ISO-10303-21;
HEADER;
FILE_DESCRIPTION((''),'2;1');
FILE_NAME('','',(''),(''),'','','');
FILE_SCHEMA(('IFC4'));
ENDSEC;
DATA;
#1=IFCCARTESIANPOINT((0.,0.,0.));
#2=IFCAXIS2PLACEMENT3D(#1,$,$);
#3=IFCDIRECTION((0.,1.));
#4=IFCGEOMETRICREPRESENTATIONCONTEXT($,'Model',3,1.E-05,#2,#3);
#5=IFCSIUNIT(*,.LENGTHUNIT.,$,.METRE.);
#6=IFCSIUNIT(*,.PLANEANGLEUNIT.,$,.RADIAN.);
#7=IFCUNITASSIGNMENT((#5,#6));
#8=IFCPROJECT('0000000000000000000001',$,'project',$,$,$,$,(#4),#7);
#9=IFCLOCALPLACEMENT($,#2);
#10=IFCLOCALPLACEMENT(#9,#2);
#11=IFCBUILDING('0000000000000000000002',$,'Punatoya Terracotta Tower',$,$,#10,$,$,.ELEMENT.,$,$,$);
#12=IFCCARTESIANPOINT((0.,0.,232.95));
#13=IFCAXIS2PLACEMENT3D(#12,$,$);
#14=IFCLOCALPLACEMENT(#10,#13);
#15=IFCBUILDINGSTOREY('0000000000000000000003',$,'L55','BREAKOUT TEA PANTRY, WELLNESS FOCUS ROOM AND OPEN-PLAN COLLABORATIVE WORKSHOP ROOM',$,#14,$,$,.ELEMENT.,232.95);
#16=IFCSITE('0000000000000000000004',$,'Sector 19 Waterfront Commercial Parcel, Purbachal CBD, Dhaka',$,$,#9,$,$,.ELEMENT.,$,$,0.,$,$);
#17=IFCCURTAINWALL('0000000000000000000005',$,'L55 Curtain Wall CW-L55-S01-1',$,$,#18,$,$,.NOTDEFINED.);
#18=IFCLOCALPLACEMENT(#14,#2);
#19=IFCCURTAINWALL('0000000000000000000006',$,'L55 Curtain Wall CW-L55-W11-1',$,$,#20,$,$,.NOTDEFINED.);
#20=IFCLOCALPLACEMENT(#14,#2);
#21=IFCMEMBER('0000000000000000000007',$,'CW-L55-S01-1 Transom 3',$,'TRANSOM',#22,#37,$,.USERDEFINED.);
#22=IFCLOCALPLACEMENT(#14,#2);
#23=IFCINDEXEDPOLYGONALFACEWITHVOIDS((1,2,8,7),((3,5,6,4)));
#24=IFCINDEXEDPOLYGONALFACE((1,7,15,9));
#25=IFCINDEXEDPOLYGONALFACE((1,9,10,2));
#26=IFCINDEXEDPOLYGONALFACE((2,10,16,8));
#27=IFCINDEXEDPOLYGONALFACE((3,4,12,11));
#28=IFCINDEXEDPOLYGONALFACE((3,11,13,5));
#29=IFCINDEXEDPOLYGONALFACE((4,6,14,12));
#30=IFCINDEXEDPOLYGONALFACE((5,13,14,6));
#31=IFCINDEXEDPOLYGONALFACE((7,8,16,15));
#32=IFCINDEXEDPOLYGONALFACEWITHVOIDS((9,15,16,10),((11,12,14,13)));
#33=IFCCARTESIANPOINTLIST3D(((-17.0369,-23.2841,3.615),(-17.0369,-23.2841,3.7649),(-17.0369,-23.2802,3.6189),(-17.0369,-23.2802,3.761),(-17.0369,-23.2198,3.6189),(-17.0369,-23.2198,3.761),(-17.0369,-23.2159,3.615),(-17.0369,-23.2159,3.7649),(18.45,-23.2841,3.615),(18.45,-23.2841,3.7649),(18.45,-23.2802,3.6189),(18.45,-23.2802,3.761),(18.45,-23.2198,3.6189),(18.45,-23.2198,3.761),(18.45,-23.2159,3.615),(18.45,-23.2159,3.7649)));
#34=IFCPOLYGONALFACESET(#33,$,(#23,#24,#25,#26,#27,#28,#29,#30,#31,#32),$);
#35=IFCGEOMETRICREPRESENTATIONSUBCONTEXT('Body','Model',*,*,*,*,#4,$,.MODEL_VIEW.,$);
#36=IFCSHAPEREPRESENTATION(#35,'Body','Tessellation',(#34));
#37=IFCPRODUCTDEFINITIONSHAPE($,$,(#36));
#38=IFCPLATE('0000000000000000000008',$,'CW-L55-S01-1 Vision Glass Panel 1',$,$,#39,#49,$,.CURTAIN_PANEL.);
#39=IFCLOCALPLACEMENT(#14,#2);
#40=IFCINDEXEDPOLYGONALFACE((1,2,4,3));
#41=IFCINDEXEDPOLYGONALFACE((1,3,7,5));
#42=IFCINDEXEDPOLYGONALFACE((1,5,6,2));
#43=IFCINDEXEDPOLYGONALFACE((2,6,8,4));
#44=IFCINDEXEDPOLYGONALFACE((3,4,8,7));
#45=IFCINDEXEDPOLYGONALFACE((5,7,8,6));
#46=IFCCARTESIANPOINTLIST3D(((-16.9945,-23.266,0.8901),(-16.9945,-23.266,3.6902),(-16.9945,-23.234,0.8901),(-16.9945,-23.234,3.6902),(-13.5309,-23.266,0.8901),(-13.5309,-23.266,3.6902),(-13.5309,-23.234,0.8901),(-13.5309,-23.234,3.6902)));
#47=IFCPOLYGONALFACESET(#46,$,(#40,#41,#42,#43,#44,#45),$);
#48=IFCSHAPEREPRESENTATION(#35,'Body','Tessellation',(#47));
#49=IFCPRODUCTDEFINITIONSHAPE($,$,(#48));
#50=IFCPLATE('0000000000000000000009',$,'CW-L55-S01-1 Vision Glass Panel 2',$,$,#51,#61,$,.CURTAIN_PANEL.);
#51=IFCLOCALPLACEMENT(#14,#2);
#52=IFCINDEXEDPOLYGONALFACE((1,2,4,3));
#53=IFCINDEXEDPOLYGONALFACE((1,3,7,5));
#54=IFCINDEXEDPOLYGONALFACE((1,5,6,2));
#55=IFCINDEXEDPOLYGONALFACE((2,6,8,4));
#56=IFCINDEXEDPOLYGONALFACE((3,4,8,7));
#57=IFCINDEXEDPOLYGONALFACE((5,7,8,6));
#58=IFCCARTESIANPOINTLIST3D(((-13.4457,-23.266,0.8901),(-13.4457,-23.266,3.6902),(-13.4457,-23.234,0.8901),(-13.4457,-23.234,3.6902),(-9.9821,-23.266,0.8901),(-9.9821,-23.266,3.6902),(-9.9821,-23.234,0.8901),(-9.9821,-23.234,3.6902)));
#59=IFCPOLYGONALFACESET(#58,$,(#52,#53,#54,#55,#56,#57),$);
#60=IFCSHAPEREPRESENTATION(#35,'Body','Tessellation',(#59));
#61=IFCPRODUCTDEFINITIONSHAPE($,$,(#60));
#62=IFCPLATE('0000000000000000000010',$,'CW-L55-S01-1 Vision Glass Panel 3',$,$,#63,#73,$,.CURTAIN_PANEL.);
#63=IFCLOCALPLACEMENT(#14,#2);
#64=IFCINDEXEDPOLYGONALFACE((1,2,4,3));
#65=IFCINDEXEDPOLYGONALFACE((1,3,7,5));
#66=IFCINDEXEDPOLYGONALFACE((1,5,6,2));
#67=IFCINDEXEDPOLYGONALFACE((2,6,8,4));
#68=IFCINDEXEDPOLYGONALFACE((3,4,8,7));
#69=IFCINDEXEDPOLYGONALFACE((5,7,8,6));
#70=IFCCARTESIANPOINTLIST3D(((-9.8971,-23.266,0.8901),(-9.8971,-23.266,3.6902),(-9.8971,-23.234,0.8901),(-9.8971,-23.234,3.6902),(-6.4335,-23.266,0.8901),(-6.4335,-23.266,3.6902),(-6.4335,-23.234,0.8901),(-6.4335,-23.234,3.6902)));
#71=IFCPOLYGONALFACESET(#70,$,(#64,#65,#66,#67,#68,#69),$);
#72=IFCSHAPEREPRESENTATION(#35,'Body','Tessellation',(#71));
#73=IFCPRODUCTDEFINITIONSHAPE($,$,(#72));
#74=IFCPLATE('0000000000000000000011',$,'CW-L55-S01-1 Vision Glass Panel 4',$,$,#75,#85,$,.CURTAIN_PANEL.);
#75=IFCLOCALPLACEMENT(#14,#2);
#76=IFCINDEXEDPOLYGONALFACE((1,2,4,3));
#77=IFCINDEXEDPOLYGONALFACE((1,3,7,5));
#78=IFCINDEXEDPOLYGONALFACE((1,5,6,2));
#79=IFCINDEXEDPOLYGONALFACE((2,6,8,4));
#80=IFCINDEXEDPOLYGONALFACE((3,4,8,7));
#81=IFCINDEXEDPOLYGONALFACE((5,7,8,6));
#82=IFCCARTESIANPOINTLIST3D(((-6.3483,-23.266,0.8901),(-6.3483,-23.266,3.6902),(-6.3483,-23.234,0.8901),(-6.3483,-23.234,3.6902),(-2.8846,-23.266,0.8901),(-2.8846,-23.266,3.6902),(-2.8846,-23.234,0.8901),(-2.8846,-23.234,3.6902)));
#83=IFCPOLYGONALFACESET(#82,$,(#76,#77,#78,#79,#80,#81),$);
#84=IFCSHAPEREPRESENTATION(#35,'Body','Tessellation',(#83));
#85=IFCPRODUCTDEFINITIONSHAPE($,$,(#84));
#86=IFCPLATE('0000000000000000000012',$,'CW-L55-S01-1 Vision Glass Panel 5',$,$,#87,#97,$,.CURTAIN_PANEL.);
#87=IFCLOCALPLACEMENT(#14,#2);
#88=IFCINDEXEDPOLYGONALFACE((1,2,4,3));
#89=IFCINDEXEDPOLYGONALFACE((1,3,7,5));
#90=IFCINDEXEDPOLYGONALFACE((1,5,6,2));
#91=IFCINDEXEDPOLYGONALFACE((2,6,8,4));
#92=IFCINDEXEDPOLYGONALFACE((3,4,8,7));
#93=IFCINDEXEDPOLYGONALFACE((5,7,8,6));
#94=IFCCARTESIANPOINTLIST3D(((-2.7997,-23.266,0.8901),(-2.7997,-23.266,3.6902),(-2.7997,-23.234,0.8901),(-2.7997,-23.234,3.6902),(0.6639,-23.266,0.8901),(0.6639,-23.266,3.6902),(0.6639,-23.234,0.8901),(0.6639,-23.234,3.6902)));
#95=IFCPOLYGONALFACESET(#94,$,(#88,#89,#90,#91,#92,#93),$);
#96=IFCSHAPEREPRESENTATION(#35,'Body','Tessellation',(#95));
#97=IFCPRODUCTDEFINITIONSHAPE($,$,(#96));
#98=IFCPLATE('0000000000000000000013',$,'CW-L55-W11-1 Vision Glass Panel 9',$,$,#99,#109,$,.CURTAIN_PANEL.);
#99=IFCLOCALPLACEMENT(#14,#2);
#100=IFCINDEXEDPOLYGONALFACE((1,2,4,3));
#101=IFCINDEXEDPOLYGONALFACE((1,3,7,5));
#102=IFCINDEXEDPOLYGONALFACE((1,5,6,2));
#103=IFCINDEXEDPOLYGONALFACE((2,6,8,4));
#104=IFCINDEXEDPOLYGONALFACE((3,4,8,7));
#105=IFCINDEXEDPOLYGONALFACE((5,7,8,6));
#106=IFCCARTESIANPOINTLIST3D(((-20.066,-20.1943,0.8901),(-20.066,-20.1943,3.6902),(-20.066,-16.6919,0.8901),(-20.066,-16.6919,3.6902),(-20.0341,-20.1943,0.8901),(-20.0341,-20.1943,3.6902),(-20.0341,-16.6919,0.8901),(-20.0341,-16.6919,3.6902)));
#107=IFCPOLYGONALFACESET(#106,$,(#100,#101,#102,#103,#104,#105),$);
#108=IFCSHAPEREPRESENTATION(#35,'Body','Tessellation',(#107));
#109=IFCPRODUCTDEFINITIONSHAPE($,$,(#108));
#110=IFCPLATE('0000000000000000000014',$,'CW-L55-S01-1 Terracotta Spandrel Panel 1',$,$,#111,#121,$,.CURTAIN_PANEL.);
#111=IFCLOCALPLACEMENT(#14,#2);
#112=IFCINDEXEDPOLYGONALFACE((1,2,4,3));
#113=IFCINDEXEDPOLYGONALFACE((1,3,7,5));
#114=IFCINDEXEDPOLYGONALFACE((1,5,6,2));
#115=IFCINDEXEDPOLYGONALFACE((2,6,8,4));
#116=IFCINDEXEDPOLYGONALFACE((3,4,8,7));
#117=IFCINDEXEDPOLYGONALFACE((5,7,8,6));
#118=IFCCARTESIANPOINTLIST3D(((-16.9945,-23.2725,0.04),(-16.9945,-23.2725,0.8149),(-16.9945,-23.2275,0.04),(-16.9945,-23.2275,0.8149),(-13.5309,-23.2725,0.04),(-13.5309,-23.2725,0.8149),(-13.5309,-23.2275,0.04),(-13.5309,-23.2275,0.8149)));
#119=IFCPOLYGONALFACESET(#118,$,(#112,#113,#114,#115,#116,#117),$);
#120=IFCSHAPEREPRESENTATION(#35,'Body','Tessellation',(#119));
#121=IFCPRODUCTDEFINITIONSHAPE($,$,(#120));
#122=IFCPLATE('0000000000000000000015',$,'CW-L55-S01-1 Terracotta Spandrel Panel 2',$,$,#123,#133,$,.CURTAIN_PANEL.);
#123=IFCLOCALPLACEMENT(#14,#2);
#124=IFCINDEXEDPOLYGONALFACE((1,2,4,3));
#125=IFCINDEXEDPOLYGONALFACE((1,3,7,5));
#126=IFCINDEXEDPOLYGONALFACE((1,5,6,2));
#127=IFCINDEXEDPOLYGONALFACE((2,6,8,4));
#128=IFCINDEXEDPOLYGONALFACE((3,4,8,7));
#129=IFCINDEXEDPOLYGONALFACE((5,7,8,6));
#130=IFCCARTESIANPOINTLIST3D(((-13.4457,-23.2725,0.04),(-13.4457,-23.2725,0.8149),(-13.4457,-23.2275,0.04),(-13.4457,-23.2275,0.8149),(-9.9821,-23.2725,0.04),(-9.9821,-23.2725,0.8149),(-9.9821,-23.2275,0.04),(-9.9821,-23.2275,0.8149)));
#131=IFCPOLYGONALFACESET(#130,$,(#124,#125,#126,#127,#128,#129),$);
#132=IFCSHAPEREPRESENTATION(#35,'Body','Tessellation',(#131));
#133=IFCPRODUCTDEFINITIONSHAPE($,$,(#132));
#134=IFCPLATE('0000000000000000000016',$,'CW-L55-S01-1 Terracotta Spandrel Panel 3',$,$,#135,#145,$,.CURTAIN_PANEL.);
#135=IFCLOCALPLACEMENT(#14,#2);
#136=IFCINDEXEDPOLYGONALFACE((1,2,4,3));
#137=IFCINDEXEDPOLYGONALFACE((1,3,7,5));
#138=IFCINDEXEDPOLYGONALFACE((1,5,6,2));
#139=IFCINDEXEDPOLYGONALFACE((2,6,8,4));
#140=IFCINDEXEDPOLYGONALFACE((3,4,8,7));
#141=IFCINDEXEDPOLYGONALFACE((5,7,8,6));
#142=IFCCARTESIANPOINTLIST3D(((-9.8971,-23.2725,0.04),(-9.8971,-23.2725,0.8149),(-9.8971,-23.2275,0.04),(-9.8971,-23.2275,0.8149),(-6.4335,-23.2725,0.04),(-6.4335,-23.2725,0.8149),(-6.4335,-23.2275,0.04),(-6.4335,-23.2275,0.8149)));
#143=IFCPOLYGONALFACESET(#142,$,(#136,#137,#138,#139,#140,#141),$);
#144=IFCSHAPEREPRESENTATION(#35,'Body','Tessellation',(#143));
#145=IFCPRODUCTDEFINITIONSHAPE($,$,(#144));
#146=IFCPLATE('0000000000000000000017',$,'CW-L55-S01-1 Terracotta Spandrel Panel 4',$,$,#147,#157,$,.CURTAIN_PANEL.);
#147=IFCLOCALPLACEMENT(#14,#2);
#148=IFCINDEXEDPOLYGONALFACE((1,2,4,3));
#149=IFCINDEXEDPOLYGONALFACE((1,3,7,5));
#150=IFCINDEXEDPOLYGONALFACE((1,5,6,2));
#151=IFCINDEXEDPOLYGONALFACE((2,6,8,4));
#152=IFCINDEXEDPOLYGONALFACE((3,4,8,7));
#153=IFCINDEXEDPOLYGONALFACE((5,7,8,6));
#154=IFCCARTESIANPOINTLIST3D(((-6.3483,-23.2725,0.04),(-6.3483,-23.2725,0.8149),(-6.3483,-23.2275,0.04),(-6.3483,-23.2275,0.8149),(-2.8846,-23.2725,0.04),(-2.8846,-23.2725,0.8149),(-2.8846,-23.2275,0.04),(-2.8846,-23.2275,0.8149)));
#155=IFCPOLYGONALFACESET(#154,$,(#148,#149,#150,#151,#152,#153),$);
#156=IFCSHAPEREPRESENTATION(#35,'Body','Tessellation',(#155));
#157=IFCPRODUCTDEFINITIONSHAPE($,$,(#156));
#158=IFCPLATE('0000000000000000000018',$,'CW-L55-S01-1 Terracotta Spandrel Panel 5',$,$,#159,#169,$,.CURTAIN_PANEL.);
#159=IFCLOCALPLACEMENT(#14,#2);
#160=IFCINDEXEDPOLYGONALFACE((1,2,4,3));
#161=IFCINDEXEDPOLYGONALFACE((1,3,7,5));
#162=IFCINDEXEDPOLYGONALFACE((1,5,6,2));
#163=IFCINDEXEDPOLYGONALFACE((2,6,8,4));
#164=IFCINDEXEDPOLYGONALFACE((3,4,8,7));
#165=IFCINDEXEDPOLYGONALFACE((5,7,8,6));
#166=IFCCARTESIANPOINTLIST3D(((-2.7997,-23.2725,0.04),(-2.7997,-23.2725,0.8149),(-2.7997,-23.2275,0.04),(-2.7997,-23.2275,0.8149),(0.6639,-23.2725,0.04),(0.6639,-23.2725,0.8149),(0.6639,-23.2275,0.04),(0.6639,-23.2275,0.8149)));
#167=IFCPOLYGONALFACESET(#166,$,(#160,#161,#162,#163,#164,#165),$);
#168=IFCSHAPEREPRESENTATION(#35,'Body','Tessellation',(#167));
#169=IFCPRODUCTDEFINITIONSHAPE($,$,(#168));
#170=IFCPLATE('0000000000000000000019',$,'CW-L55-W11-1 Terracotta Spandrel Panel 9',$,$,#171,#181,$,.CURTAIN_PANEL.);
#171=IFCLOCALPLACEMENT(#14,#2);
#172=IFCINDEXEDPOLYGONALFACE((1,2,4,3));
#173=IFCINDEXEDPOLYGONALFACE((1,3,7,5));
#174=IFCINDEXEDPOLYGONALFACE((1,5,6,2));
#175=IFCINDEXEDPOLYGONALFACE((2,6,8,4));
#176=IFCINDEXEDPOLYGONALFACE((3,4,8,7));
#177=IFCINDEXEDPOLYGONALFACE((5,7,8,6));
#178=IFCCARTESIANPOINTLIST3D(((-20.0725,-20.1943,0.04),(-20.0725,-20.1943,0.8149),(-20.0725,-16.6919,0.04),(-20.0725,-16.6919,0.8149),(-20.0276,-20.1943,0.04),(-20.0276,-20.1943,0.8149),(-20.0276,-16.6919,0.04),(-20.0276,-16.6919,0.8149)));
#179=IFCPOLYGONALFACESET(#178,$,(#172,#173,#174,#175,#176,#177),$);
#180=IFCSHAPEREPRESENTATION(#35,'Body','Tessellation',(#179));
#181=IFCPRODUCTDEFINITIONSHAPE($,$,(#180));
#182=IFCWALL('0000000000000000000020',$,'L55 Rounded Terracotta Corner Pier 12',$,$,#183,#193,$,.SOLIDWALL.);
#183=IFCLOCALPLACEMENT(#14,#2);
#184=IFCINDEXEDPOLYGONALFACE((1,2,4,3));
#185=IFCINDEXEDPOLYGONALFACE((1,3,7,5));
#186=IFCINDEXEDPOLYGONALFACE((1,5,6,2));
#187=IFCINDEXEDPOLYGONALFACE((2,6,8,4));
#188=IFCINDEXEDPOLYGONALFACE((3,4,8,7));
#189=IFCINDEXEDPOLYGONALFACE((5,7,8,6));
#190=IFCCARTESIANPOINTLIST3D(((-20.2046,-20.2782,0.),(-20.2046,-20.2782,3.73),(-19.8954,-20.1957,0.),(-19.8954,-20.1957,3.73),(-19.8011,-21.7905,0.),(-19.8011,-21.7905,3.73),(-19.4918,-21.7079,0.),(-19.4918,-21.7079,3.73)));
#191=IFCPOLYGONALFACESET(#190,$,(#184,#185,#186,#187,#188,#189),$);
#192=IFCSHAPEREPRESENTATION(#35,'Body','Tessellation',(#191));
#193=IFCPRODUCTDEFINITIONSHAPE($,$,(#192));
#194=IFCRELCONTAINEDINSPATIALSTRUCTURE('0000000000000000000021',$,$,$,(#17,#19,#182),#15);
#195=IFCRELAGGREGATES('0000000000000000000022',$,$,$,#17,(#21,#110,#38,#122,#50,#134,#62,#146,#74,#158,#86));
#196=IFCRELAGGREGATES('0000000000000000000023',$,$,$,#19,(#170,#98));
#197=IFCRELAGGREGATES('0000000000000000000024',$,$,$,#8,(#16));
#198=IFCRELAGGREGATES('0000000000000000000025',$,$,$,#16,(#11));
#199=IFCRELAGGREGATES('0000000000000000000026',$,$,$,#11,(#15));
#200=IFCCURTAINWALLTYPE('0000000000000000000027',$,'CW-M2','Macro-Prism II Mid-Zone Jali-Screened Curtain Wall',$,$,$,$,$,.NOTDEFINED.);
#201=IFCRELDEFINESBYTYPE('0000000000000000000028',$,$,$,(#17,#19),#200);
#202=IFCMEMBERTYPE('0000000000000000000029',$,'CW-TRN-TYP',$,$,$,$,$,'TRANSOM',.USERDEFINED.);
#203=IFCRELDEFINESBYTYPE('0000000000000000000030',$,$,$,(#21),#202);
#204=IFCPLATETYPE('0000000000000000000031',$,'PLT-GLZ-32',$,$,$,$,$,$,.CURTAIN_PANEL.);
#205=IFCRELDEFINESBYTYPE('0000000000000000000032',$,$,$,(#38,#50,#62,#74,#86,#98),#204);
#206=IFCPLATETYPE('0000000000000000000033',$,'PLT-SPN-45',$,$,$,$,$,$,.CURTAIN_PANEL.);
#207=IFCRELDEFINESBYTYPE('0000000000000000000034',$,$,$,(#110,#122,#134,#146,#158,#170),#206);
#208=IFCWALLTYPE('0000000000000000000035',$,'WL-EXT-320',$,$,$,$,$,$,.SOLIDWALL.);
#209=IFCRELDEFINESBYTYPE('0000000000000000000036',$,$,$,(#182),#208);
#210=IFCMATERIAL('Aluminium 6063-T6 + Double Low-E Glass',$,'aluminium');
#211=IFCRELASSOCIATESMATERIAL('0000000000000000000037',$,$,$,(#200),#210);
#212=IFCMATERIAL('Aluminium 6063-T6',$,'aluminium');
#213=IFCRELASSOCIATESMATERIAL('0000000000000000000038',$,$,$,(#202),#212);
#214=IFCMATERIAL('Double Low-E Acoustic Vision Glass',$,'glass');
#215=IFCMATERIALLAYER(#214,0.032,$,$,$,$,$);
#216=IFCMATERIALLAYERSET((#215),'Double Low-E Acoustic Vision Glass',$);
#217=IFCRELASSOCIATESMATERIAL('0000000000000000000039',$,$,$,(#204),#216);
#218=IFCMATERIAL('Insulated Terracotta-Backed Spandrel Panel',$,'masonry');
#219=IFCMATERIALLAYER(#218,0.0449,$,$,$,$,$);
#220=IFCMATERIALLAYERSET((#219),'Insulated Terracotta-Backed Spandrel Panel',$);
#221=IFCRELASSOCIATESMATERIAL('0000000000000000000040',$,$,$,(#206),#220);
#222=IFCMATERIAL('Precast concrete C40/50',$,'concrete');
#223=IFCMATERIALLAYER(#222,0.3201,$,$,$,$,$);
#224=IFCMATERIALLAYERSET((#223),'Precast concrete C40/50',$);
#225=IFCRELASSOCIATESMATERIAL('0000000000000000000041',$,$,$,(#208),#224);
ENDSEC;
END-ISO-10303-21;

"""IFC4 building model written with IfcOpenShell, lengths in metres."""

from ifc_helpers import new_model, si_unit, direction, frame, frame_2d, origin, origin_2d, place, context, subcontext, project, spatial, rectangle, hollow_rectangle, extrude, material, layer, layer_set, material_profile, profile_set, type_object, element, aggregate, save


model = new_model("IFC4")

# Units and contexts
model_context = context("Model", 3, precision=1e-05, world=origin(), true_north=direction((0.0, 1.0)))
body_context = subcontext(model_context, "Body", "Model", "MODEL_VIEW")
ifc_project = project(units=[si_unit("LENGTHUNIT", "METRE"), si_unit("PLANEANGLEUNIT", "RADIAN")], contexts=[model_context])

# Site, building, storey
site_placement = place(None, origin())
site = spatial("IfcSite", under=ifc_project, at=site_placement, Name="Sector 19 Waterfront Commercial Parcel, Purbachal CBD, Dhaka", CompositionType="ELEMENT", RefElevation=0.0)
building_placement = place(site_placement, origin())
building = spatial("IfcBuilding", under=site, at=building_placement, Name="Punatoya Terracotta Tower", CompositionType="ELEMENT")
storey_placement = place(building_placement, frame((0.0, 0.0, 232.95)))
storey = spatial("IfcBuildingStorey", under=building, at=storey_placement, Name="L55", Description="BREAKOUT TEA PANTRY, WELLNESS FOCUS ROOM AND OPEN-PLAN COLLABORATIVE WORKSHOP ROOM", CompositionType="ELEMENT", Elevation=232.95)

# Curtain wall
ifc_material_1 = material(Name="Aluminium 6063-T6 + Double Low-E Glass", Category="aluminium")
curtain_wall_type = type_object("IfcCurtainWallType", Name="CW-M2", Description="Macro-Prism II Mid-Zone Jali-Screened Curtain Wall", PredefinedType="NOTDEFINED", material=ifc_material_1)
curtain_wall_1_placement = place(storey_placement, origin())
curtain_wall_1 = element("IfcCurtainWall", 1, at=curtain_wall_1_placement, inside=storey, type_object=curtain_wall_type, Name="L55 Curtain Wall CW-L55-S01-1", PredefinedType="NOTDEFINED")
ifc_material_2 = material(Name="Aluminium 6063-T6", Category="aluminium")

# Curtain wall
curtain_wall_2_placement = place(storey_placement, origin())
curtain_wall_2 = element("IfcCurtainWall", 2, at=curtain_wall_2_placement, inside=storey, type_object=curtain_wall_type, Name="L55 Curtain Wall CW-L55-W11-1", PredefinedType="NOTDEFINED")

# Member
ifc_material_profile_1 = material_profile(ifc_material_2, hollow_rectangle(XDim=0.0681, YDim=0.1499, WallThickness=0.0039, at=origin_2d()))
ifc_profile_set_1 = profile_set([ifc_material_profile_1], Name="Aluminium 6063-T6")
member_type_1 = type_object("IfcMemberType", Name="CW-TRN-TYP", ElementType="TRANSOM", PredefinedType="USERDEFINED", material=ifc_profile_set_1)
member_1_placement = place(storey_placement, frame((-17.0369, -23.25, 3.6899), z_axis=(1.0, 0.0, 0.0), x_axis=(0.0, 1.0, 0.0)))
member_1 = element("IfcMember", 3, at=member_1_placement, type_object=member_type_1, Name="CW-L55-S01-1 Transom 3", ObjectType="TRANSOM", PredefinedType="USERDEFINED", context=body_context, shape_type="SweptSolid", body=[
    extrude(hollow_rectangle(XDim=0.0681, YDim=0.1499, WallThickness=0.0039, at=origin_2d()), origin(), (0.0, 0.0, 1.0), 35.4868),
])

# Plates
ifc_material_3 = material(Name="Double Low-E Acoustic Vision Glass", Category="glass")
ifc_layer_1 = layer(ifc_material_3, 0.032)
ifc_layer_set_1 = layer_set([ifc_layer_1], Name="Double Low-E Acoustic Vision Glass")
plate_type_1 = type_object("IfcPlateType", Name="PLT-GLZ-32", PredefinedType="CURTAIN_PANEL", material=ifc_layer_set_1)
plate_1_placement = place(storey_placement, frame((-15.2627, -23.25, 0.8901), z_axis=(0.0, 0.0, 1.0), x_axis=(1.0, 0.0, 0.0)))
plate_1 = element("IfcPlate", 4, at=plate_1_placement, type_object=plate_type_1, Name="CW-L55-S01-1 Vision Glass Panel 1", PredefinedType="CURTAIN_PANEL", context=body_context, shape_type="SweptSolid", body=[
    extrude(rectangle(XDim=3.4636, YDim=0.032, at=origin_2d()), origin(), (0.0, 0.0, 1.0), 2.8),
])
plate_2_placement = place(storey_placement, frame((-11.7139, -23.25, 0.8901), z_axis=(0.0, 0.0, 1.0), x_axis=(1.0, 0.0, 0.0)))
plate_2 = element("IfcPlate", 5, at=plate_2_placement, type_object=plate_type_1, Name="CW-L55-S01-1 Vision Glass Panel 2", PredefinedType="CURTAIN_PANEL", context=body_context, shape_type="SweptSolid", body=[
    extrude(rectangle(XDim=3.4636, YDim=0.032, at=origin_2d()), origin(), (0.0, 0.0, 1.0), 2.8),
])
plate_3_placement = place(storey_placement, frame((-8.1653, -23.25, 0.8901), z_axis=(0.0, 0.0, 1.0), x_axis=(1.0, 0.0, 0.0)))
plate_3 = element("IfcPlate", 6, at=plate_3_placement, type_object=plate_type_1, Name="CW-L55-S01-1 Vision Glass Panel 3", PredefinedType="CURTAIN_PANEL", context=body_context, shape_type="SweptSolid", body=[
    extrude(rectangle(XDim=3.4636, YDim=0.032, at=origin_2d()), origin(), (0.0, 0.0, 1.0), 2.8),
])
plate_4_placement = place(storey_placement, frame((-4.6165, -23.25, 0.8901), z_axis=(0.0, 0.0, 1.0), x_axis=(1.0, 0.0, 0.0)))
plate_4 = element("IfcPlate", 7, at=plate_4_placement, type_object=plate_type_1, Name="CW-L55-S01-1 Vision Glass Panel 4", PredefinedType="CURTAIN_PANEL", context=body_context, shape_type="SweptSolid", body=[
    extrude(rectangle(XDim=3.4636, YDim=0.032, at=origin_2d()), origin(), (0.0, 0.0, 1.0), 2.8),
])
plate_5_placement = place(storey_placement, frame((-1.0679, -23.25, 0.8901), z_axis=(0.0, 0.0, 1.0), x_axis=(1.0, 0.0, 0.0)))
plate_5 = element("IfcPlate", 8, at=plate_5_placement, type_object=plate_type_1, Name="CW-L55-S01-1 Vision Glass Panel 5", PredefinedType="CURTAIN_PANEL", context=body_context, shape_type="SweptSolid", body=[
    extrude(rectangle(XDim=3.4636, YDim=0.032, at=origin_2d()), origin(), (0.0, 0.0, 1.0), 2.8),
])
plate_6_placement = place(storey_placement, frame((-20.05, -18.4431, 0.8901), z_axis=(0.0, 0.0, 1.0), x_axis=(0.0, -1.0, 0.0)))
plate_6 = element("IfcPlate", 9, at=plate_6_placement, type_object=plate_type_1, Name="CW-L55-W11-1 Vision Glass Panel 9", PredefinedType="CURTAIN_PANEL", context=body_context, shape_type="SweptSolid", body=[
    extrude(rectangle(XDim=3.5024, YDim=0.032, at=origin_2d()), origin(), (0.0, 0.0, 1.0), 2.8),
])
ifc_material_4 = material(Name="Insulated Terracotta-Backed Spandrel Panel", Category="masonry")
ifc_layer_2 = layer(ifc_material_4, 0.0449)
ifc_layer_set_2 = layer_set([ifc_layer_2], Name="Insulated Terracotta-Backed Spandrel Panel")
plate_type_2 = type_object("IfcPlateType", Name="PLT-SPN-45", PredefinedType="CURTAIN_PANEL", material=ifc_layer_set_2)
plate_7_placement = place(storey_placement, frame((-15.2627, -23.25, 0.04), z_axis=(0.0, 0.0, 1.0), x_axis=(1.0, 0.0, 0.0)))
plate_7 = element("IfcPlate", 10, at=plate_7_placement, type_object=plate_type_2, Name="CW-L55-S01-1 Terracotta Spandrel Panel 1", PredefinedType="CURTAIN_PANEL", context=body_context, shape_type="SweptSolid", body=[
    extrude(rectangle(XDim=3.4636, YDim=0.0449, at=origin_2d()), origin(), (0.0, 0.0, 1.0), 0.7749),
])
plate_8_placement = place(storey_placement, frame((-11.7139, -23.25, 0.04), z_axis=(0.0, 0.0, 1.0), x_axis=(1.0, 0.0, 0.0)))
plate_8 = element("IfcPlate", 11, at=plate_8_placement, type_object=plate_type_2, Name="CW-L55-S01-1 Terracotta Spandrel Panel 2", PredefinedType="CURTAIN_PANEL", context=body_context, shape_type="SweptSolid", body=[
    extrude(rectangle(XDim=3.4636, YDim=0.0449, at=origin_2d()), origin(), (0.0, 0.0, 1.0), 0.7749),
])
plate_9_placement = place(storey_placement, frame((-8.1653, -23.25, 0.04), z_axis=(0.0, 0.0, 1.0), x_axis=(1.0, 0.0, 0.0)))
plate_9 = element("IfcPlate", 12, at=plate_9_placement, type_object=plate_type_2, Name="CW-L55-S01-1 Terracotta Spandrel Panel 3", PredefinedType="CURTAIN_PANEL", context=body_context, shape_type="SweptSolid", body=[
    extrude(rectangle(XDim=3.4636, YDim=0.0449, at=origin_2d()), origin(), (0.0, 0.0, 1.0), 0.7749),
])
plate_10_placement = place(storey_placement, frame((-4.6165, -23.25, 0.04), z_axis=(0.0, 0.0, 1.0), x_axis=(1.0, 0.0, 0.0)))
plate_10 = element("IfcPlate", 13, at=plate_10_placement, type_object=plate_type_2, Name="CW-L55-S01-1 Terracotta Spandrel Panel 4", PredefinedType="CURTAIN_PANEL", context=body_context, shape_type="SweptSolid", body=[
    extrude(rectangle(XDim=3.4636, YDim=0.0449, at=origin_2d()), origin(), (0.0, 0.0, 1.0), 0.7749),
])
plate_11_placement = place(storey_placement, frame((-1.0679, -23.25, 0.04), z_axis=(0.0, 0.0, 1.0), x_axis=(1.0, 0.0, 0.0)))
plate_11 = element("IfcPlate", 14, at=plate_11_placement, type_object=plate_type_2, Name="CW-L55-S01-1 Terracotta Spandrel Panel 5", PredefinedType="CURTAIN_PANEL", context=body_context, shape_type="SweptSolid", body=[
    extrude(rectangle(XDim=3.4636, YDim=0.0449, at=origin_2d()), origin(), (0.0, 0.0, 1.0), 0.7749),
])
aggregate(curtain_wall_1, [member_1, plate_7, plate_1, plate_8, plate_2, plate_9, plate_3, plate_10, plate_4, plate_11, plate_5])
plate_12_placement = place(storey_placement, frame((-20.05, -18.4431, 0.04), z_axis=(0.0, 0.0, 1.0), x_axis=(0.0, -1.0, 0.0)))
plate_12 = element("IfcPlate", 15, at=plate_12_placement, type_object=plate_type_2, Name="CW-L55-W11-1 Terracotta Spandrel Panel 9", PredefinedType="CURTAIN_PANEL", context=body_context, shape_type="SweptSolid", body=[
    extrude(rectangle(XDim=3.5024, YDim=0.0449, at=origin_2d()), origin(), (0.0, 0.0, 1.0), 0.7749),
])
aggregate(curtain_wall_2, [plate_12, plate_6])

# Wall
ifc_material_5 = material(Name="Precast concrete C40/50", Category="concrete")
ifc_layer_3 = layer(ifc_material_5, 0.3201)
ifc_layer_set_3 = layer_set([ifc_layer_3], Name="Precast concrete C40/50")
wall_type_1 = type_object("IfcWallType", Name="WL-EXT-320", PredefinedType="SOLIDWALL", material=ifc_layer_set_3)
wall_1_placement = place(storey_placement, frame((-20.05, -20.2368, 0.0), z_axis=(0.0, 0.0, 1.0), x_axis=(0.257847, -0.966186, 0.0)))
element("IfcWall", 16, at=wall_1_placement, inside=storey, type_object=wall_type_1, Name="L55 Rounded Terracotta Corner Pier 12", PredefinedType="SOLIDWALL", context=body_context, shape_type="SweptSolid", body=[
    extrude(rectangle(XDim=1.5652, YDim=0.3201, at=frame_2d((0.7827, 0.0))), origin(), (0.0, 0.0, 1.0), 3.73),
])

save(model, "model.ifc")
